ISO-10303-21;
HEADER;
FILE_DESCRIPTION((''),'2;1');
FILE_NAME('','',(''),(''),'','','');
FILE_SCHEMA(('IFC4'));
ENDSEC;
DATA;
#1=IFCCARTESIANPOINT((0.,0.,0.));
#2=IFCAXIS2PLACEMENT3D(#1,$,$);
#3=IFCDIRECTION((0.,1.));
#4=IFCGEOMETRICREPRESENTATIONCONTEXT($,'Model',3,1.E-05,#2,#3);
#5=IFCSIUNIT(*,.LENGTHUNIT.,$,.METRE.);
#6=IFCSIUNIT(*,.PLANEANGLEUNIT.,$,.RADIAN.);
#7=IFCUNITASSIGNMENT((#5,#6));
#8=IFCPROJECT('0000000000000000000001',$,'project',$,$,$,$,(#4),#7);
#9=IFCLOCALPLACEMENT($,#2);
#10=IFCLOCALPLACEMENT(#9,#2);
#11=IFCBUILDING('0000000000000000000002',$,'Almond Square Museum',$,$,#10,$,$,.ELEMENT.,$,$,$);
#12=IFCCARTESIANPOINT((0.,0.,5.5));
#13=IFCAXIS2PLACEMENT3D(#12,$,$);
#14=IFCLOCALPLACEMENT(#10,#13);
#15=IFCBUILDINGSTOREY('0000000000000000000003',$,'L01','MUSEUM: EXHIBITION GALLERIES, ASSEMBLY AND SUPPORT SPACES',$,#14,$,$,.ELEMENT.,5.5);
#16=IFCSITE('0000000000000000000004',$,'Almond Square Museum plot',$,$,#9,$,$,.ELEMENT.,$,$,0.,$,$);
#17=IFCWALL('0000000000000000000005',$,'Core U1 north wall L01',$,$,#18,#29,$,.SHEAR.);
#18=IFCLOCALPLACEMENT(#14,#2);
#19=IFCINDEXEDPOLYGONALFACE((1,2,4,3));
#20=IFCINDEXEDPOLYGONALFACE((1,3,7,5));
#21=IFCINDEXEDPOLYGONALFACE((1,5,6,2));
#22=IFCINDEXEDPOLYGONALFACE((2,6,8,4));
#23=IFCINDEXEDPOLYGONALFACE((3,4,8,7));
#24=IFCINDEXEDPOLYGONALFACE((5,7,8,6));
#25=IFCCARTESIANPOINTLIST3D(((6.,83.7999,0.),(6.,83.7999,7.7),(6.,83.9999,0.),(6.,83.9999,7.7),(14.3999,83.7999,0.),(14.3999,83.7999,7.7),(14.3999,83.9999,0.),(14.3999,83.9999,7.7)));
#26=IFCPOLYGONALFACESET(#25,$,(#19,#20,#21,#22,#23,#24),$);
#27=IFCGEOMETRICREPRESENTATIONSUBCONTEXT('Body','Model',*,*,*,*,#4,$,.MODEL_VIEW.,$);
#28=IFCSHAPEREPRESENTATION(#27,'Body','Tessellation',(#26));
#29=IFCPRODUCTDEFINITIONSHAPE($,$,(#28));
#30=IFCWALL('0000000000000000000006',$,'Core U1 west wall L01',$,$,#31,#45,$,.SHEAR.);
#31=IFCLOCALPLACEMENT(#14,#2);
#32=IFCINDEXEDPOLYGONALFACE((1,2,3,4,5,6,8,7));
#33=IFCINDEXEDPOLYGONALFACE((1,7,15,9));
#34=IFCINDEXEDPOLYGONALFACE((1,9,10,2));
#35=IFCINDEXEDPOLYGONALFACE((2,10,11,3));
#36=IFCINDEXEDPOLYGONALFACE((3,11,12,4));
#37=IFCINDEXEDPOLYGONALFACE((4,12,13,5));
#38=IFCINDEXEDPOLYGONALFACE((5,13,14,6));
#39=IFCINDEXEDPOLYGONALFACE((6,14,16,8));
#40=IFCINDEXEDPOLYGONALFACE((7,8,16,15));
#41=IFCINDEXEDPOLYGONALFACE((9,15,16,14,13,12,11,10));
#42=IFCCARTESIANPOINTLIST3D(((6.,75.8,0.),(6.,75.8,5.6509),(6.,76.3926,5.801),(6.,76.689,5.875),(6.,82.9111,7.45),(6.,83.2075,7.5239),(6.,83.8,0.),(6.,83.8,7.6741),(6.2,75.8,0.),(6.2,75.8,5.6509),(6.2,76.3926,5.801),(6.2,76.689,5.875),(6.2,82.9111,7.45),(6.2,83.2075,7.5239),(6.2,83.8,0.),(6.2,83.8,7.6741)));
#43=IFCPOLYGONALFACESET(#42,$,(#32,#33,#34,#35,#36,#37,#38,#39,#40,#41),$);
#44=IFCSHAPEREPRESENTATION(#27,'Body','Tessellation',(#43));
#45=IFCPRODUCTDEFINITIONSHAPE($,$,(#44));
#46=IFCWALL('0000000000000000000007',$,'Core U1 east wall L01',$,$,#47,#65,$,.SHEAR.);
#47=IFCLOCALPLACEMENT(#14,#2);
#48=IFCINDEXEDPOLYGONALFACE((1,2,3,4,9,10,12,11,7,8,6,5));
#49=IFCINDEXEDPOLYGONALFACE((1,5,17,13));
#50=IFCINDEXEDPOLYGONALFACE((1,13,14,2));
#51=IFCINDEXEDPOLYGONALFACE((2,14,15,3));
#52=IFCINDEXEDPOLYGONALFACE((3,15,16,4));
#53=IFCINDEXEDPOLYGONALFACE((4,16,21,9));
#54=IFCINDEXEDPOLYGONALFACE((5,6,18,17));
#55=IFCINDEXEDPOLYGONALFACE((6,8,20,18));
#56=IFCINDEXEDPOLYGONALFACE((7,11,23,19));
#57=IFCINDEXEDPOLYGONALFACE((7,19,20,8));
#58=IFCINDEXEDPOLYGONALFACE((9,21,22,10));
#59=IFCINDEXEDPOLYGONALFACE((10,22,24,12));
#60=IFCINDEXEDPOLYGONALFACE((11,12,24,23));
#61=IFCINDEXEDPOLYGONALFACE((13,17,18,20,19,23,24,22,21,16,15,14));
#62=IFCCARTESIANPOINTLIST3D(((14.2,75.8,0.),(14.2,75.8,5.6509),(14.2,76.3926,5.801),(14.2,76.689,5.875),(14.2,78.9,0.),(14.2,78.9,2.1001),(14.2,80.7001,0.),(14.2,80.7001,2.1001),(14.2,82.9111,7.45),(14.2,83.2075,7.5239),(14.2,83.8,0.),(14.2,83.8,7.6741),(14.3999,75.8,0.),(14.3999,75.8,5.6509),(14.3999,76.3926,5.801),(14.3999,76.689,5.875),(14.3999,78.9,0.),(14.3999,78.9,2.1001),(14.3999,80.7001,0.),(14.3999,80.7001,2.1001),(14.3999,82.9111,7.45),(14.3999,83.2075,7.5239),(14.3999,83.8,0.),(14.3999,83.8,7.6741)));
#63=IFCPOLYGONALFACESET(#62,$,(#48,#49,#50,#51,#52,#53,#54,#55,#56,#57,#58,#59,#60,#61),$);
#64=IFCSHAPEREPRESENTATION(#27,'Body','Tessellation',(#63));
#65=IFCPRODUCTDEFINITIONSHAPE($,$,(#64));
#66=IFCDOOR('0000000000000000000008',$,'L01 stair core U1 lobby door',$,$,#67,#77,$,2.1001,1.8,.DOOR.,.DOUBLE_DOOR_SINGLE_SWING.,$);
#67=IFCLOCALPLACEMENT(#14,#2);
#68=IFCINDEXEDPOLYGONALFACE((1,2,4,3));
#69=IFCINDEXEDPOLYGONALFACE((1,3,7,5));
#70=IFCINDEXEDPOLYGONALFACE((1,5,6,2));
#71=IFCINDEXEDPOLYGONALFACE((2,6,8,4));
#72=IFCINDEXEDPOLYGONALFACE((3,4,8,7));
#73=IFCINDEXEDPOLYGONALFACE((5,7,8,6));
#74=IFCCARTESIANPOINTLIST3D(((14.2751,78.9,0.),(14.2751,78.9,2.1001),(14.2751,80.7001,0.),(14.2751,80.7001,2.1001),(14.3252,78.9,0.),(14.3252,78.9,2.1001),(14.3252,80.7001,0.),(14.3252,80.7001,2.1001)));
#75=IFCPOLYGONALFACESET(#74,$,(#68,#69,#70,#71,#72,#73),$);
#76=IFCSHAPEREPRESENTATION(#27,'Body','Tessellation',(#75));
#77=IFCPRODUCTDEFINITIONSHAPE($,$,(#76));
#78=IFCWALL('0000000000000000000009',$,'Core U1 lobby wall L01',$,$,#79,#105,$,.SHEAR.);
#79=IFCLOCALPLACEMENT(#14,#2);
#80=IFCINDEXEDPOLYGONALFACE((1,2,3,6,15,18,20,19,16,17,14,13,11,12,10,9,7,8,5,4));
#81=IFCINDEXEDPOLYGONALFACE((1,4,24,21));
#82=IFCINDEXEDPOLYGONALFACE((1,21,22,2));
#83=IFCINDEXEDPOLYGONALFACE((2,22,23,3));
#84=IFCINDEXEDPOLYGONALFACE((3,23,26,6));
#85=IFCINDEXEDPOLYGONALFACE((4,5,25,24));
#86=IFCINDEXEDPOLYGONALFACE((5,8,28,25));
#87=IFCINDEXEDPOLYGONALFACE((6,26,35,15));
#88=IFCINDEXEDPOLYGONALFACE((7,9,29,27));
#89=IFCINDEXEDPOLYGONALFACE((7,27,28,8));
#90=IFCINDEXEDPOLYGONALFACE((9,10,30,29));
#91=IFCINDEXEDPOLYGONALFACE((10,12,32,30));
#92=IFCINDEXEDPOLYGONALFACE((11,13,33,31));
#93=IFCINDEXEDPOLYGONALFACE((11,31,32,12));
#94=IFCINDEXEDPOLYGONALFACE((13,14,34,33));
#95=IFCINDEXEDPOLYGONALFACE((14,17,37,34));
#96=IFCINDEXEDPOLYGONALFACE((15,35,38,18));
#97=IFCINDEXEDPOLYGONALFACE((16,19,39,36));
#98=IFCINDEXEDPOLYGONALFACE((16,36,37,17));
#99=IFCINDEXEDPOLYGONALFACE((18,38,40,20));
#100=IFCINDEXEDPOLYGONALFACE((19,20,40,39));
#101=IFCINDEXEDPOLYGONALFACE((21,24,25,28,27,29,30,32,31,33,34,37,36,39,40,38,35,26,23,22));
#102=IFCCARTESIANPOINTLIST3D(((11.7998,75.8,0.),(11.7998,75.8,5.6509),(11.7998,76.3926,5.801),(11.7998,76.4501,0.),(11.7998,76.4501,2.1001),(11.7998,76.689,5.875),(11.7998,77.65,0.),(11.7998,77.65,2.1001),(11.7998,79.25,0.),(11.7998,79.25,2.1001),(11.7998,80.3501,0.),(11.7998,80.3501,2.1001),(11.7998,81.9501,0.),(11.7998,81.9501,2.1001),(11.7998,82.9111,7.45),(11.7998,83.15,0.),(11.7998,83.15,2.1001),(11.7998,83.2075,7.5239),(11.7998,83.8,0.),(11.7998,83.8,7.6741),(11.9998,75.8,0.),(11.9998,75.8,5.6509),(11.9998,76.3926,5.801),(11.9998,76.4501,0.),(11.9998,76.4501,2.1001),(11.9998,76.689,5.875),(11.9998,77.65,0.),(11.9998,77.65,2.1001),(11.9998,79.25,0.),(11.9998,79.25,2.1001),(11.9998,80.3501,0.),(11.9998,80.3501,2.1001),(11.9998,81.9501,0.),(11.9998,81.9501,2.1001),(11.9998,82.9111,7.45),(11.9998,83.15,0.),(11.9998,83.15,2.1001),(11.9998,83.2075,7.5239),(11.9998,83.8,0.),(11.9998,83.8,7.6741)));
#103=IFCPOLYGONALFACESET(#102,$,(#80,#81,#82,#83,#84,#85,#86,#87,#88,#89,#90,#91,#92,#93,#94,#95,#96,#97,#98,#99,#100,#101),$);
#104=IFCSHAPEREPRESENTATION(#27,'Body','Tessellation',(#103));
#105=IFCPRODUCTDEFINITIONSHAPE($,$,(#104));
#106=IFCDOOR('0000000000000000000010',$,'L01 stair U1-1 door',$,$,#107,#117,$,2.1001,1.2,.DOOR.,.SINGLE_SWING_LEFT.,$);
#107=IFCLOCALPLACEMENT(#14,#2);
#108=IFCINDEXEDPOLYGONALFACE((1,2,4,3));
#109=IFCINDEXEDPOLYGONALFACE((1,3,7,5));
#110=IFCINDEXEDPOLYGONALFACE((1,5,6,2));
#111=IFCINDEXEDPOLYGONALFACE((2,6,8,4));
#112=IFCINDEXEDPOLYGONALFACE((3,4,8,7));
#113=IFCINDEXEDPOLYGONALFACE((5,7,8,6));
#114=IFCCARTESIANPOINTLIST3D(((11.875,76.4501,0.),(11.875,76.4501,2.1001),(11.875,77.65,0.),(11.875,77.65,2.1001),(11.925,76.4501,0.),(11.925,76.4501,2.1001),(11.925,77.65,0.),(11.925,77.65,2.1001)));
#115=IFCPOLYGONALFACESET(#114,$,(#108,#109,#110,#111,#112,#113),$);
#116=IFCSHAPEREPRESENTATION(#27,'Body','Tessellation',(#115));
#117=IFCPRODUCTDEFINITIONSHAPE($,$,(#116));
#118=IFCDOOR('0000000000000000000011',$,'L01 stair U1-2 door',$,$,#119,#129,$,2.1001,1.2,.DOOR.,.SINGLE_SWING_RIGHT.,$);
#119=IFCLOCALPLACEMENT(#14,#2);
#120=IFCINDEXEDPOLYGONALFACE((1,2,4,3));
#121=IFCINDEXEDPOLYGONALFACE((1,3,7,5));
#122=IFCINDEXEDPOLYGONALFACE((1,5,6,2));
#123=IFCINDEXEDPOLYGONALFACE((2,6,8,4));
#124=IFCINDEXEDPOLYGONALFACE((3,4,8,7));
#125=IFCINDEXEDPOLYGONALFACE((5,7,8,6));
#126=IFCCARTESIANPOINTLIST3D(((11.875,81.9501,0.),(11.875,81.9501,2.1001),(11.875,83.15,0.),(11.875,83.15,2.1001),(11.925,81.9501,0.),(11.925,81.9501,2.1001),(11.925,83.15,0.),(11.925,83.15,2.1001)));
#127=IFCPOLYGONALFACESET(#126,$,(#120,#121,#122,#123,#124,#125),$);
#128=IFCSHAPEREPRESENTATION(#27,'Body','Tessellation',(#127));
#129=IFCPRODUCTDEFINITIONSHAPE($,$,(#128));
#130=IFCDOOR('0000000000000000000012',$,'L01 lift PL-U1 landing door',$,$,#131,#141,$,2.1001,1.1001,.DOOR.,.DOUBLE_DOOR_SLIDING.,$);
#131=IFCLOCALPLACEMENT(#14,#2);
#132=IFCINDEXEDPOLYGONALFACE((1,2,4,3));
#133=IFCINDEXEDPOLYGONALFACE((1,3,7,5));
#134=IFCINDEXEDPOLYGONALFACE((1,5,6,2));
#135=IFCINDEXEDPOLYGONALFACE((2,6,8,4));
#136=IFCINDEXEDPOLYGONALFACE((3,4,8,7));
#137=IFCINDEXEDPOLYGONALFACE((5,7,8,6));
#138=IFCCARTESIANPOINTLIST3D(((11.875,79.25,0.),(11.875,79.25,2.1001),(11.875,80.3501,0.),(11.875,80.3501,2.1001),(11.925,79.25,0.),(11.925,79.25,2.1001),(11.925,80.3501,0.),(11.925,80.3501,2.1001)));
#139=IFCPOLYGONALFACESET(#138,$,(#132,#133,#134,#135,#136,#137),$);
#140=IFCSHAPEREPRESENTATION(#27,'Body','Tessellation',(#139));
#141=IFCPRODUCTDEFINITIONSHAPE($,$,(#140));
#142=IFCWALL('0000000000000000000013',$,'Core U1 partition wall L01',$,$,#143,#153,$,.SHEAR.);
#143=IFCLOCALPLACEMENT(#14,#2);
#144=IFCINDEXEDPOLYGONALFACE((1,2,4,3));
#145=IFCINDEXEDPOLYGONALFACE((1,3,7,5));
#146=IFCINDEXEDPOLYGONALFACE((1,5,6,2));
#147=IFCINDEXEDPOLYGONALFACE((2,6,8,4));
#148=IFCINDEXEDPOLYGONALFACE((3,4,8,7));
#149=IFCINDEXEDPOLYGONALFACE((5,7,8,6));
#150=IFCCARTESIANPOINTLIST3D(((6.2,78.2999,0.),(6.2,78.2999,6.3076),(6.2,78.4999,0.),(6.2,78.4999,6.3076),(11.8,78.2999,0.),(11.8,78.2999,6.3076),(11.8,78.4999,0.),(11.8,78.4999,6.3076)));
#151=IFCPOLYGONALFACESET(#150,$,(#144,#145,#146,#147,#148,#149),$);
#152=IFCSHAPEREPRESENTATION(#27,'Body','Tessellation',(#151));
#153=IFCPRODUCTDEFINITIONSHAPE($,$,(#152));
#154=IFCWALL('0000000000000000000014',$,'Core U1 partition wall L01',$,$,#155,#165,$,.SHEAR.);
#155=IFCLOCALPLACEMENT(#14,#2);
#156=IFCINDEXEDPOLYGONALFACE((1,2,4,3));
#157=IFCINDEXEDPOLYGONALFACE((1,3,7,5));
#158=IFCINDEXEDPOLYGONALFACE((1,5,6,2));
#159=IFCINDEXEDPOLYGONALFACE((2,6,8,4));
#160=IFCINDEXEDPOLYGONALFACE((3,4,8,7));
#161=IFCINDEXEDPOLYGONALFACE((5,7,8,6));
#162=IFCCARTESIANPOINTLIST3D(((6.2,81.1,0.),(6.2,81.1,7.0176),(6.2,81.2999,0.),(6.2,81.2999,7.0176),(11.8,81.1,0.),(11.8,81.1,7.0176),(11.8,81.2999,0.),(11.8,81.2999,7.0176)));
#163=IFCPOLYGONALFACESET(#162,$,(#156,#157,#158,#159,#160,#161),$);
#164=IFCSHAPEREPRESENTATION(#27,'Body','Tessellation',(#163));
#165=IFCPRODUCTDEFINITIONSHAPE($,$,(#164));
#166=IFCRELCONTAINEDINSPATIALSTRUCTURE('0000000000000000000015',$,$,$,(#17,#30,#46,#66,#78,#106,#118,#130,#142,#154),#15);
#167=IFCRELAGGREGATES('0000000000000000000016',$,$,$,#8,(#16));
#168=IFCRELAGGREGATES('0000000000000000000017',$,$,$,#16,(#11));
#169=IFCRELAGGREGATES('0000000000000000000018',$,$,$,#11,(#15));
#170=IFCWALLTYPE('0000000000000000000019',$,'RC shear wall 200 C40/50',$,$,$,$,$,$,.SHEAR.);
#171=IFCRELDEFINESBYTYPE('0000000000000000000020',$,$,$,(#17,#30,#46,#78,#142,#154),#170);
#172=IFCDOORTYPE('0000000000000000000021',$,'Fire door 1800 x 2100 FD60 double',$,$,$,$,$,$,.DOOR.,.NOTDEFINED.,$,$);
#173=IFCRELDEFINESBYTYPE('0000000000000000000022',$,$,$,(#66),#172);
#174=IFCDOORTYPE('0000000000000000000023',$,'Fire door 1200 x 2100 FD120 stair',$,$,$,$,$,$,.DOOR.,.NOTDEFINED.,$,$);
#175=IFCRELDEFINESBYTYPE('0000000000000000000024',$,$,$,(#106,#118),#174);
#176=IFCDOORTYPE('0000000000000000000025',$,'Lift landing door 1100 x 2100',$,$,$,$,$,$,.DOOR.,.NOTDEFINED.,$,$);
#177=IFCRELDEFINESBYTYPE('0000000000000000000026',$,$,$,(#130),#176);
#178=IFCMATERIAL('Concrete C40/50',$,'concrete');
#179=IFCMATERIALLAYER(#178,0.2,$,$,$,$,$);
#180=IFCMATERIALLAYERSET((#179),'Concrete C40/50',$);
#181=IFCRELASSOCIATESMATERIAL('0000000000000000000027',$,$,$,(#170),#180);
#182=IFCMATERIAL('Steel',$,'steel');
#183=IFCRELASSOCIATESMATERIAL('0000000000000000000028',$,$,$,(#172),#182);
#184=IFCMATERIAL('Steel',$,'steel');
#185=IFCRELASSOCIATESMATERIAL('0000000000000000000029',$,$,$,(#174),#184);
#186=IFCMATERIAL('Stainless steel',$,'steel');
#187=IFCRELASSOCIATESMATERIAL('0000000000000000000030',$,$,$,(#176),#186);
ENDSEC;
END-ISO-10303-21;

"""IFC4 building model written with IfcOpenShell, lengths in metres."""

from ifc_helpers import new_model, si_unit, direction, frame, frame_2d, origin, place, context, subcontext, project, spatial, polyline, rectangle, outline, extrude, material, layer, layer_set, type_object, element, fill, save


model = new_model("IFC4")

# Units and contexts
model_context = context("Model", 3, precision=1e-05, world=origin(), true_north=direction((0.0, 1.0)))
body_context = subcontext(model_context, "Body", "Model", "MODEL_VIEW")
ifc_project = project(units=[si_unit("LENGTHUNIT", "METRE"), si_unit("PLANEANGLEUNIT", "RADIAN")], contexts=[model_context])

# Site, building, storey
site_placement = place(None, origin())
site = spatial("IfcSite", under=ifc_project, at=site_placement, Name="Almond Square Museum plot", CompositionType="ELEMENT", RefElevation=0.0)
building_placement = place(site_placement, origin())
building = spatial("IfcBuilding", under=site, at=building_placement, Name="Almond Square Museum", CompositionType="ELEMENT")
storey_placement = place(building_placement, frame((0.0, 0.0, 5.5)))
storey = spatial("IfcBuildingStorey", under=building, at=storey_placement, Name="L01", Description="MUSEUM: EXHIBITION GALLERIES, ASSEMBLY AND SUPPORT SPACES", CompositionType="ELEMENT", Elevation=5.5)

# Walls
ifc_material_1 = material(Name="Concrete C40/50", Category="concrete")
ifc_layer_1 = layer(ifc_material_1, 0.2)
ifc_layer_set_1 = layer_set([ifc_layer_1], Name="Concrete C40/50")
wall_type_1 = type_object("IfcWallType", Name="RC shear wall 200 C40/50", PredefinedType="SHEAR", material=ifc_layer_set_1)
wall_1_placement = place(storey_placement, frame((6.0, 83.8999, 0.0), z_axis=(0.0, 0.0, 1.0), x_axis=(1.0, 0.0, 0.0)))
element("IfcWall", 1, at=wall_1_placement, inside=storey, type_object=wall_type_1, Name="Core U1 north wall L01", PredefinedType="SHEAR", context=body_context, shape_type="SweptSolid", body=[
    extrude(rectangle(XDim=8.3999, YDim=0.2, at=frame_2d((4.2, 0.0))), origin(), (0.0, 0.0, 1.0), 7.7),
])
wall_2_placement = place(storey_placement, frame((6.1001, 75.8, 0.0), z_axis=(0.0, 0.0, 1.0), x_axis=(0.0, 1.0, 0.0)))
element("IfcWall", 2, at=wall_2_placement, inside=storey, type_object=wall_type_1, Name="Core U1 west wall L01", PredefinedType="SHEAR", context=body_context, shape_type="SweptSolid", body=[
    extrude(outline(polyline([(0.0, 0.0), (8.0, 0.0), (8.0, 7.6741), (7.4075, 7.5239), (7.1111, 7.45), (0.8889, 5.875), (0.5925, 5.801), (0.0, 5.6509), (0.0, 0.0)])), frame((0.0, 0.1001, 0.0), z_axis=(0.0, -1.0, 0.0), x_axis=(1.0, 0.0, 0.0)), (0.0, 0.0, 1.0), 0.2),
])

# Wall, opening, door
wall_3_placement = place(storey_placement, frame((14.3, 75.8, 0.0), z_axis=(0.0, 0.0, 1.0), x_axis=(0.0, 1.0, 0.0)))
wall_3 = element("IfcWall", 3, at=wall_3_placement, inside=storey, type_object=wall_type_1, Name="Core U1 east wall L01", PredefinedType="SHEAR", context=body_context, shape_type="SweptSolid", body=[
    extrude(outline(polyline([(0.0, 0.0), (8.0, 0.0), (8.0, 7.6741), (7.4075, 7.5239), (7.1111, 7.45), (0.8889, 5.875), (0.5925, 5.801), (0.0, 5.6509), (0.0, 0.0)])), frame((0.0, 0.1001, 0.0), z_axis=(0.0, -1.0, 0.0), x_axis=(1.0, 0.0, 0.0)), (0.0, 0.0, 1.0), 0.2),
])
opening_1_placement = place(wall_3_placement, frame((3.1001, 0.0, 0.0)))
opening_1 = element("IfcOpeningElement", 4, at=opening_1_placement, cuts=wall_3, PredefinedType="OPENING", context=body_context, shape_type="SweptSolid", body=[
    extrude(rectangle(XDim=1.8, YDim=2.1001, at=frame_2d((0.8999, 1.05))), frame((0.0, 0.1099, 0.0), z_axis=(0.0, -1.0, 0.0), x_axis=(1.0, 0.0, 0.0)), (0.0, 0.0, 1.0), 0.22),
])
ifc_material_2 = material(Name="Steel", Category="steel")
door_type_1 = type_object("IfcDoorType", Name="Fire door 1800 x 2100 FD60 double", OperationType="NOTDEFINED", PredefinedType="DOOR", material=ifc_material_2)
door_1_placement = place(opening_1_placement, origin())
door_1 = element("IfcDoor", 5, at=door_1_placement, inside=storey, type_object=door_type_1, Name="L01 stair core U1 lobby door", OperationType="DOUBLE_DOOR_SINGLE_SWING", OverallHeight=2.1001, OverallWidth=1.8, PredefinedType="DOOR", context=body_context, shape_type="SweptSolid", body=[
    extrude(rectangle(XDim=1.8, YDim=2.1001, at=frame_2d((0.8999, 1.05))), frame((0.0, 0.0249, 0.0), z_axis=(0.0, -1.0, 0.0), x_axis=(1.0, 0.0, 0.0)), (0.0, 0.0, 1.0), 0.05),
])
fill(opening_1, door_1)

# Wall, openings, doors
wall_4_placement = place(storey_placement, frame((11.8999, 75.8, 0.0), z_axis=(0.0, 0.0, 1.0), x_axis=(0.0, 1.0, 0.0)))
wall_4 = element("IfcWall", 6, at=wall_4_placement, inside=storey, type_object=wall_type_1, Name="Core U1 lobby wall L01", PredefinedType="SHEAR", context=body_context, shape_type="SweptSolid", body=[
    extrude(outline(polyline([(0.0, 0.0), (8.0, 0.0), (8.0, 7.6741), (7.4075, 7.5239), (7.1111, 7.45), (0.8889, 5.875), (0.5925, 5.801), (0.0, 5.6509), (0.0, 0.0)])), frame((0.0, 0.1001, 0.0), z_axis=(0.0, -1.0, 0.0), x_axis=(1.0, 0.0, 0.0)), (0.0, 0.0, 1.0), 0.2),
])
opening_2_placement = place(wall_4_placement, frame((0.6499, 0.0, 0.0)))
opening_2 = element("IfcOpeningElement", 7, at=opening_2_placement, cuts=wall_4, PredefinedType="OPENING", context=body_context, shape_type="SweptSolid", body=[
    extrude(rectangle(XDim=1.2, YDim=2.1001, at=frame_2d((0.6001, 1.05))), frame((0.0, 0.1099, 0.0), z_axis=(0.0, -1.0, 0.0), x_axis=(1.0, 0.0, 0.0)), (0.0, 0.0, 1.0), 0.22),
])
opening_3_placement = place(wall_4_placement, frame((6.1499, 0.0, 0.0)))
opening_3 = element("IfcOpeningElement", 8, at=opening_3_placement, cuts=wall_4, PredefinedType="OPENING", context=body_context, shape_type="SweptSolid", body=[
    extrude(rectangle(XDim=1.2, YDim=2.1001, at=frame_2d((0.6001, 1.05))), frame((0.0, 0.1099, 0.0), z_axis=(0.0, -1.0, 0.0), x_axis=(1.0, 0.0, 0.0)), (0.0, 0.0, 1.0), 0.22),
])
opening_4_placement = place(wall_4_placement, frame((3.45, 0.0, 0.0)))
opening_4 = element("IfcOpeningElement", 9, at=opening_4_placement, cuts=wall_4, PredefinedType="OPENING", context=body_context, shape_type="SweptSolid", body=[
    extrude(rectangle(XDim=1.1001, YDim=2.1001, at=frame_2d((0.55, 1.05))), frame((0.0, 0.1099, 0.0), z_axis=(0.0, -1.0, 0.0), x_axis=(1.0, 0.0, 0.0)), (0.0, 0.0, 1.0), 0.22),
])
ifc_material_3 = material(Name="Steel", Category="steel")
door_type_2 = type_object("IfcDoorType", Name="Fire door 1200 x 2100 FD120 stair", OperationType="NOTDEFINED", PredefinedType="DOOR", material=ifc_material_3)
door_2_placement = place(opening_2_placement, origin())
door_2 = element("IfcDoor", 10, at=door_2_placement, inside=storey, type_object=door_type_2, Name="L01 stair U1-1 door", OperationType="SINGLE_SWING_LEFT", OverallHeight=2.1001, OverallWidth=1.2, PredefinedType="DOOR", context=body_context, shape_type="SweptSolid", body=[
    extrude(rectangle(XDim=1.2, YDim=2.1001, at=frame_2d((0.6001, 1.05))), frame((0.0, 0.0249, 0.0), z_axis=(0.0, -1.0, 0.0), x_axis=(1.0, 0.0, 0.0)), (0.0, 0.0, 1.0), 0.05),
])
fill(opening_2, door_2)
door_3_placement = place(opening_3_placement, origin())
door_3 = element("IfcDoor", 11, at=door_3_placement, inside=storey, type_object=door_type_2, Name="L01 stair U1-2 door", OperationType="SINGLE_SWING_RIGHT", OverallHeight=2.1001, OverallWidth=1.2, PredefinedType="DOOR", context=body_context, shape_type="SweptSolid", body=[
    extrude(rectangle(XDim=1.2, YDim=2.1001, at=frame_2d((0.6001, 1.05))), frame((0.0, 0.0249, 0.0), z_axis=(0.0, -1.0, 0.0), x_axis=(1.0, 0.0, 0.0)), (0.0, 0.0, 1.0), 0.05),
])
fill(opening_3, door_3)
ifc_material_4 = material(Name="Stainless steel", Category="steel")
door_type_3 = type_object("IfcDoorType", Name="Lift landing door 1100 x 2100", OperationType="NOTDEFINED", PredefinedType="DOOR", material=ifc_material_4)
door_4_placement = place(opening_4_placement, origin())
door_4 = element("IfcDoor", 12, at=door_4_placement, inside=storey, type_object=door_type_3, Name="L01 lift PL-U1 landing door", OperationType="DOUBLE_DOOR_SLIDING", OverallHeight=2.1001, OverallWidth=1.1001, PredefinedType="DOOR", context=body_context, shape_type="SweptSolid", body=[
    extrude(rectangle(XDim=1.1001, YDim=2.1001, at=frame_2d((0.55, 1.05))), frame((0.0, 0.0249, 0.0), z_axis=(0.0, -1.0, 0.0), x_axis=(1.0, 0.0, 0.0)), (0.0, 0.0, 1.0), 0.05),
])
fill(opening_4, door_4)

# Walls
wall_5_placement = place(storey_placement, frame((6.2, 78.3999, 0.0), z_axis=(0.0, 0.0, 1.0), x_axis=(1.0, 0.0, 0.0)))
element("IfcWall", 13, at=wall_5_placement, inside=storey, type_object=wall_type_1, Name="Core U1 partition wall L01", PredefinedType="SHEAR", context=body_context, shape_type="SweptSolid", body=[
    extrude(rectangle(XDim=5.6001, YDim=0.2, at=frame_2d((2.8, 0.0))), origin(), (0.0, 0.0, 1.0), 6.3076),
])
wall_6_placement = place(storey_placement, frame((6.2, 81.2, 0.0), z_axis=(0.0, 0.0, 1.0), x_axis=(1.0, 0.0, 0.0)))
element("IfcWall", 14, at=wall_6_placement, inside=storey, type_object=wall_type_1, Name="Core U1 partition wall L01", PredefinedType="SHEAR", context=body_context, shape_type="SweptSolid", body=[
    extrude(rectangle(XDim=5.6001, YDim=0.2, at=frame_2d((2.8, 0.0))), origin(), (0.0, 0.0, 1.0), 7.0176),
])

save(model, "model.ifc")
